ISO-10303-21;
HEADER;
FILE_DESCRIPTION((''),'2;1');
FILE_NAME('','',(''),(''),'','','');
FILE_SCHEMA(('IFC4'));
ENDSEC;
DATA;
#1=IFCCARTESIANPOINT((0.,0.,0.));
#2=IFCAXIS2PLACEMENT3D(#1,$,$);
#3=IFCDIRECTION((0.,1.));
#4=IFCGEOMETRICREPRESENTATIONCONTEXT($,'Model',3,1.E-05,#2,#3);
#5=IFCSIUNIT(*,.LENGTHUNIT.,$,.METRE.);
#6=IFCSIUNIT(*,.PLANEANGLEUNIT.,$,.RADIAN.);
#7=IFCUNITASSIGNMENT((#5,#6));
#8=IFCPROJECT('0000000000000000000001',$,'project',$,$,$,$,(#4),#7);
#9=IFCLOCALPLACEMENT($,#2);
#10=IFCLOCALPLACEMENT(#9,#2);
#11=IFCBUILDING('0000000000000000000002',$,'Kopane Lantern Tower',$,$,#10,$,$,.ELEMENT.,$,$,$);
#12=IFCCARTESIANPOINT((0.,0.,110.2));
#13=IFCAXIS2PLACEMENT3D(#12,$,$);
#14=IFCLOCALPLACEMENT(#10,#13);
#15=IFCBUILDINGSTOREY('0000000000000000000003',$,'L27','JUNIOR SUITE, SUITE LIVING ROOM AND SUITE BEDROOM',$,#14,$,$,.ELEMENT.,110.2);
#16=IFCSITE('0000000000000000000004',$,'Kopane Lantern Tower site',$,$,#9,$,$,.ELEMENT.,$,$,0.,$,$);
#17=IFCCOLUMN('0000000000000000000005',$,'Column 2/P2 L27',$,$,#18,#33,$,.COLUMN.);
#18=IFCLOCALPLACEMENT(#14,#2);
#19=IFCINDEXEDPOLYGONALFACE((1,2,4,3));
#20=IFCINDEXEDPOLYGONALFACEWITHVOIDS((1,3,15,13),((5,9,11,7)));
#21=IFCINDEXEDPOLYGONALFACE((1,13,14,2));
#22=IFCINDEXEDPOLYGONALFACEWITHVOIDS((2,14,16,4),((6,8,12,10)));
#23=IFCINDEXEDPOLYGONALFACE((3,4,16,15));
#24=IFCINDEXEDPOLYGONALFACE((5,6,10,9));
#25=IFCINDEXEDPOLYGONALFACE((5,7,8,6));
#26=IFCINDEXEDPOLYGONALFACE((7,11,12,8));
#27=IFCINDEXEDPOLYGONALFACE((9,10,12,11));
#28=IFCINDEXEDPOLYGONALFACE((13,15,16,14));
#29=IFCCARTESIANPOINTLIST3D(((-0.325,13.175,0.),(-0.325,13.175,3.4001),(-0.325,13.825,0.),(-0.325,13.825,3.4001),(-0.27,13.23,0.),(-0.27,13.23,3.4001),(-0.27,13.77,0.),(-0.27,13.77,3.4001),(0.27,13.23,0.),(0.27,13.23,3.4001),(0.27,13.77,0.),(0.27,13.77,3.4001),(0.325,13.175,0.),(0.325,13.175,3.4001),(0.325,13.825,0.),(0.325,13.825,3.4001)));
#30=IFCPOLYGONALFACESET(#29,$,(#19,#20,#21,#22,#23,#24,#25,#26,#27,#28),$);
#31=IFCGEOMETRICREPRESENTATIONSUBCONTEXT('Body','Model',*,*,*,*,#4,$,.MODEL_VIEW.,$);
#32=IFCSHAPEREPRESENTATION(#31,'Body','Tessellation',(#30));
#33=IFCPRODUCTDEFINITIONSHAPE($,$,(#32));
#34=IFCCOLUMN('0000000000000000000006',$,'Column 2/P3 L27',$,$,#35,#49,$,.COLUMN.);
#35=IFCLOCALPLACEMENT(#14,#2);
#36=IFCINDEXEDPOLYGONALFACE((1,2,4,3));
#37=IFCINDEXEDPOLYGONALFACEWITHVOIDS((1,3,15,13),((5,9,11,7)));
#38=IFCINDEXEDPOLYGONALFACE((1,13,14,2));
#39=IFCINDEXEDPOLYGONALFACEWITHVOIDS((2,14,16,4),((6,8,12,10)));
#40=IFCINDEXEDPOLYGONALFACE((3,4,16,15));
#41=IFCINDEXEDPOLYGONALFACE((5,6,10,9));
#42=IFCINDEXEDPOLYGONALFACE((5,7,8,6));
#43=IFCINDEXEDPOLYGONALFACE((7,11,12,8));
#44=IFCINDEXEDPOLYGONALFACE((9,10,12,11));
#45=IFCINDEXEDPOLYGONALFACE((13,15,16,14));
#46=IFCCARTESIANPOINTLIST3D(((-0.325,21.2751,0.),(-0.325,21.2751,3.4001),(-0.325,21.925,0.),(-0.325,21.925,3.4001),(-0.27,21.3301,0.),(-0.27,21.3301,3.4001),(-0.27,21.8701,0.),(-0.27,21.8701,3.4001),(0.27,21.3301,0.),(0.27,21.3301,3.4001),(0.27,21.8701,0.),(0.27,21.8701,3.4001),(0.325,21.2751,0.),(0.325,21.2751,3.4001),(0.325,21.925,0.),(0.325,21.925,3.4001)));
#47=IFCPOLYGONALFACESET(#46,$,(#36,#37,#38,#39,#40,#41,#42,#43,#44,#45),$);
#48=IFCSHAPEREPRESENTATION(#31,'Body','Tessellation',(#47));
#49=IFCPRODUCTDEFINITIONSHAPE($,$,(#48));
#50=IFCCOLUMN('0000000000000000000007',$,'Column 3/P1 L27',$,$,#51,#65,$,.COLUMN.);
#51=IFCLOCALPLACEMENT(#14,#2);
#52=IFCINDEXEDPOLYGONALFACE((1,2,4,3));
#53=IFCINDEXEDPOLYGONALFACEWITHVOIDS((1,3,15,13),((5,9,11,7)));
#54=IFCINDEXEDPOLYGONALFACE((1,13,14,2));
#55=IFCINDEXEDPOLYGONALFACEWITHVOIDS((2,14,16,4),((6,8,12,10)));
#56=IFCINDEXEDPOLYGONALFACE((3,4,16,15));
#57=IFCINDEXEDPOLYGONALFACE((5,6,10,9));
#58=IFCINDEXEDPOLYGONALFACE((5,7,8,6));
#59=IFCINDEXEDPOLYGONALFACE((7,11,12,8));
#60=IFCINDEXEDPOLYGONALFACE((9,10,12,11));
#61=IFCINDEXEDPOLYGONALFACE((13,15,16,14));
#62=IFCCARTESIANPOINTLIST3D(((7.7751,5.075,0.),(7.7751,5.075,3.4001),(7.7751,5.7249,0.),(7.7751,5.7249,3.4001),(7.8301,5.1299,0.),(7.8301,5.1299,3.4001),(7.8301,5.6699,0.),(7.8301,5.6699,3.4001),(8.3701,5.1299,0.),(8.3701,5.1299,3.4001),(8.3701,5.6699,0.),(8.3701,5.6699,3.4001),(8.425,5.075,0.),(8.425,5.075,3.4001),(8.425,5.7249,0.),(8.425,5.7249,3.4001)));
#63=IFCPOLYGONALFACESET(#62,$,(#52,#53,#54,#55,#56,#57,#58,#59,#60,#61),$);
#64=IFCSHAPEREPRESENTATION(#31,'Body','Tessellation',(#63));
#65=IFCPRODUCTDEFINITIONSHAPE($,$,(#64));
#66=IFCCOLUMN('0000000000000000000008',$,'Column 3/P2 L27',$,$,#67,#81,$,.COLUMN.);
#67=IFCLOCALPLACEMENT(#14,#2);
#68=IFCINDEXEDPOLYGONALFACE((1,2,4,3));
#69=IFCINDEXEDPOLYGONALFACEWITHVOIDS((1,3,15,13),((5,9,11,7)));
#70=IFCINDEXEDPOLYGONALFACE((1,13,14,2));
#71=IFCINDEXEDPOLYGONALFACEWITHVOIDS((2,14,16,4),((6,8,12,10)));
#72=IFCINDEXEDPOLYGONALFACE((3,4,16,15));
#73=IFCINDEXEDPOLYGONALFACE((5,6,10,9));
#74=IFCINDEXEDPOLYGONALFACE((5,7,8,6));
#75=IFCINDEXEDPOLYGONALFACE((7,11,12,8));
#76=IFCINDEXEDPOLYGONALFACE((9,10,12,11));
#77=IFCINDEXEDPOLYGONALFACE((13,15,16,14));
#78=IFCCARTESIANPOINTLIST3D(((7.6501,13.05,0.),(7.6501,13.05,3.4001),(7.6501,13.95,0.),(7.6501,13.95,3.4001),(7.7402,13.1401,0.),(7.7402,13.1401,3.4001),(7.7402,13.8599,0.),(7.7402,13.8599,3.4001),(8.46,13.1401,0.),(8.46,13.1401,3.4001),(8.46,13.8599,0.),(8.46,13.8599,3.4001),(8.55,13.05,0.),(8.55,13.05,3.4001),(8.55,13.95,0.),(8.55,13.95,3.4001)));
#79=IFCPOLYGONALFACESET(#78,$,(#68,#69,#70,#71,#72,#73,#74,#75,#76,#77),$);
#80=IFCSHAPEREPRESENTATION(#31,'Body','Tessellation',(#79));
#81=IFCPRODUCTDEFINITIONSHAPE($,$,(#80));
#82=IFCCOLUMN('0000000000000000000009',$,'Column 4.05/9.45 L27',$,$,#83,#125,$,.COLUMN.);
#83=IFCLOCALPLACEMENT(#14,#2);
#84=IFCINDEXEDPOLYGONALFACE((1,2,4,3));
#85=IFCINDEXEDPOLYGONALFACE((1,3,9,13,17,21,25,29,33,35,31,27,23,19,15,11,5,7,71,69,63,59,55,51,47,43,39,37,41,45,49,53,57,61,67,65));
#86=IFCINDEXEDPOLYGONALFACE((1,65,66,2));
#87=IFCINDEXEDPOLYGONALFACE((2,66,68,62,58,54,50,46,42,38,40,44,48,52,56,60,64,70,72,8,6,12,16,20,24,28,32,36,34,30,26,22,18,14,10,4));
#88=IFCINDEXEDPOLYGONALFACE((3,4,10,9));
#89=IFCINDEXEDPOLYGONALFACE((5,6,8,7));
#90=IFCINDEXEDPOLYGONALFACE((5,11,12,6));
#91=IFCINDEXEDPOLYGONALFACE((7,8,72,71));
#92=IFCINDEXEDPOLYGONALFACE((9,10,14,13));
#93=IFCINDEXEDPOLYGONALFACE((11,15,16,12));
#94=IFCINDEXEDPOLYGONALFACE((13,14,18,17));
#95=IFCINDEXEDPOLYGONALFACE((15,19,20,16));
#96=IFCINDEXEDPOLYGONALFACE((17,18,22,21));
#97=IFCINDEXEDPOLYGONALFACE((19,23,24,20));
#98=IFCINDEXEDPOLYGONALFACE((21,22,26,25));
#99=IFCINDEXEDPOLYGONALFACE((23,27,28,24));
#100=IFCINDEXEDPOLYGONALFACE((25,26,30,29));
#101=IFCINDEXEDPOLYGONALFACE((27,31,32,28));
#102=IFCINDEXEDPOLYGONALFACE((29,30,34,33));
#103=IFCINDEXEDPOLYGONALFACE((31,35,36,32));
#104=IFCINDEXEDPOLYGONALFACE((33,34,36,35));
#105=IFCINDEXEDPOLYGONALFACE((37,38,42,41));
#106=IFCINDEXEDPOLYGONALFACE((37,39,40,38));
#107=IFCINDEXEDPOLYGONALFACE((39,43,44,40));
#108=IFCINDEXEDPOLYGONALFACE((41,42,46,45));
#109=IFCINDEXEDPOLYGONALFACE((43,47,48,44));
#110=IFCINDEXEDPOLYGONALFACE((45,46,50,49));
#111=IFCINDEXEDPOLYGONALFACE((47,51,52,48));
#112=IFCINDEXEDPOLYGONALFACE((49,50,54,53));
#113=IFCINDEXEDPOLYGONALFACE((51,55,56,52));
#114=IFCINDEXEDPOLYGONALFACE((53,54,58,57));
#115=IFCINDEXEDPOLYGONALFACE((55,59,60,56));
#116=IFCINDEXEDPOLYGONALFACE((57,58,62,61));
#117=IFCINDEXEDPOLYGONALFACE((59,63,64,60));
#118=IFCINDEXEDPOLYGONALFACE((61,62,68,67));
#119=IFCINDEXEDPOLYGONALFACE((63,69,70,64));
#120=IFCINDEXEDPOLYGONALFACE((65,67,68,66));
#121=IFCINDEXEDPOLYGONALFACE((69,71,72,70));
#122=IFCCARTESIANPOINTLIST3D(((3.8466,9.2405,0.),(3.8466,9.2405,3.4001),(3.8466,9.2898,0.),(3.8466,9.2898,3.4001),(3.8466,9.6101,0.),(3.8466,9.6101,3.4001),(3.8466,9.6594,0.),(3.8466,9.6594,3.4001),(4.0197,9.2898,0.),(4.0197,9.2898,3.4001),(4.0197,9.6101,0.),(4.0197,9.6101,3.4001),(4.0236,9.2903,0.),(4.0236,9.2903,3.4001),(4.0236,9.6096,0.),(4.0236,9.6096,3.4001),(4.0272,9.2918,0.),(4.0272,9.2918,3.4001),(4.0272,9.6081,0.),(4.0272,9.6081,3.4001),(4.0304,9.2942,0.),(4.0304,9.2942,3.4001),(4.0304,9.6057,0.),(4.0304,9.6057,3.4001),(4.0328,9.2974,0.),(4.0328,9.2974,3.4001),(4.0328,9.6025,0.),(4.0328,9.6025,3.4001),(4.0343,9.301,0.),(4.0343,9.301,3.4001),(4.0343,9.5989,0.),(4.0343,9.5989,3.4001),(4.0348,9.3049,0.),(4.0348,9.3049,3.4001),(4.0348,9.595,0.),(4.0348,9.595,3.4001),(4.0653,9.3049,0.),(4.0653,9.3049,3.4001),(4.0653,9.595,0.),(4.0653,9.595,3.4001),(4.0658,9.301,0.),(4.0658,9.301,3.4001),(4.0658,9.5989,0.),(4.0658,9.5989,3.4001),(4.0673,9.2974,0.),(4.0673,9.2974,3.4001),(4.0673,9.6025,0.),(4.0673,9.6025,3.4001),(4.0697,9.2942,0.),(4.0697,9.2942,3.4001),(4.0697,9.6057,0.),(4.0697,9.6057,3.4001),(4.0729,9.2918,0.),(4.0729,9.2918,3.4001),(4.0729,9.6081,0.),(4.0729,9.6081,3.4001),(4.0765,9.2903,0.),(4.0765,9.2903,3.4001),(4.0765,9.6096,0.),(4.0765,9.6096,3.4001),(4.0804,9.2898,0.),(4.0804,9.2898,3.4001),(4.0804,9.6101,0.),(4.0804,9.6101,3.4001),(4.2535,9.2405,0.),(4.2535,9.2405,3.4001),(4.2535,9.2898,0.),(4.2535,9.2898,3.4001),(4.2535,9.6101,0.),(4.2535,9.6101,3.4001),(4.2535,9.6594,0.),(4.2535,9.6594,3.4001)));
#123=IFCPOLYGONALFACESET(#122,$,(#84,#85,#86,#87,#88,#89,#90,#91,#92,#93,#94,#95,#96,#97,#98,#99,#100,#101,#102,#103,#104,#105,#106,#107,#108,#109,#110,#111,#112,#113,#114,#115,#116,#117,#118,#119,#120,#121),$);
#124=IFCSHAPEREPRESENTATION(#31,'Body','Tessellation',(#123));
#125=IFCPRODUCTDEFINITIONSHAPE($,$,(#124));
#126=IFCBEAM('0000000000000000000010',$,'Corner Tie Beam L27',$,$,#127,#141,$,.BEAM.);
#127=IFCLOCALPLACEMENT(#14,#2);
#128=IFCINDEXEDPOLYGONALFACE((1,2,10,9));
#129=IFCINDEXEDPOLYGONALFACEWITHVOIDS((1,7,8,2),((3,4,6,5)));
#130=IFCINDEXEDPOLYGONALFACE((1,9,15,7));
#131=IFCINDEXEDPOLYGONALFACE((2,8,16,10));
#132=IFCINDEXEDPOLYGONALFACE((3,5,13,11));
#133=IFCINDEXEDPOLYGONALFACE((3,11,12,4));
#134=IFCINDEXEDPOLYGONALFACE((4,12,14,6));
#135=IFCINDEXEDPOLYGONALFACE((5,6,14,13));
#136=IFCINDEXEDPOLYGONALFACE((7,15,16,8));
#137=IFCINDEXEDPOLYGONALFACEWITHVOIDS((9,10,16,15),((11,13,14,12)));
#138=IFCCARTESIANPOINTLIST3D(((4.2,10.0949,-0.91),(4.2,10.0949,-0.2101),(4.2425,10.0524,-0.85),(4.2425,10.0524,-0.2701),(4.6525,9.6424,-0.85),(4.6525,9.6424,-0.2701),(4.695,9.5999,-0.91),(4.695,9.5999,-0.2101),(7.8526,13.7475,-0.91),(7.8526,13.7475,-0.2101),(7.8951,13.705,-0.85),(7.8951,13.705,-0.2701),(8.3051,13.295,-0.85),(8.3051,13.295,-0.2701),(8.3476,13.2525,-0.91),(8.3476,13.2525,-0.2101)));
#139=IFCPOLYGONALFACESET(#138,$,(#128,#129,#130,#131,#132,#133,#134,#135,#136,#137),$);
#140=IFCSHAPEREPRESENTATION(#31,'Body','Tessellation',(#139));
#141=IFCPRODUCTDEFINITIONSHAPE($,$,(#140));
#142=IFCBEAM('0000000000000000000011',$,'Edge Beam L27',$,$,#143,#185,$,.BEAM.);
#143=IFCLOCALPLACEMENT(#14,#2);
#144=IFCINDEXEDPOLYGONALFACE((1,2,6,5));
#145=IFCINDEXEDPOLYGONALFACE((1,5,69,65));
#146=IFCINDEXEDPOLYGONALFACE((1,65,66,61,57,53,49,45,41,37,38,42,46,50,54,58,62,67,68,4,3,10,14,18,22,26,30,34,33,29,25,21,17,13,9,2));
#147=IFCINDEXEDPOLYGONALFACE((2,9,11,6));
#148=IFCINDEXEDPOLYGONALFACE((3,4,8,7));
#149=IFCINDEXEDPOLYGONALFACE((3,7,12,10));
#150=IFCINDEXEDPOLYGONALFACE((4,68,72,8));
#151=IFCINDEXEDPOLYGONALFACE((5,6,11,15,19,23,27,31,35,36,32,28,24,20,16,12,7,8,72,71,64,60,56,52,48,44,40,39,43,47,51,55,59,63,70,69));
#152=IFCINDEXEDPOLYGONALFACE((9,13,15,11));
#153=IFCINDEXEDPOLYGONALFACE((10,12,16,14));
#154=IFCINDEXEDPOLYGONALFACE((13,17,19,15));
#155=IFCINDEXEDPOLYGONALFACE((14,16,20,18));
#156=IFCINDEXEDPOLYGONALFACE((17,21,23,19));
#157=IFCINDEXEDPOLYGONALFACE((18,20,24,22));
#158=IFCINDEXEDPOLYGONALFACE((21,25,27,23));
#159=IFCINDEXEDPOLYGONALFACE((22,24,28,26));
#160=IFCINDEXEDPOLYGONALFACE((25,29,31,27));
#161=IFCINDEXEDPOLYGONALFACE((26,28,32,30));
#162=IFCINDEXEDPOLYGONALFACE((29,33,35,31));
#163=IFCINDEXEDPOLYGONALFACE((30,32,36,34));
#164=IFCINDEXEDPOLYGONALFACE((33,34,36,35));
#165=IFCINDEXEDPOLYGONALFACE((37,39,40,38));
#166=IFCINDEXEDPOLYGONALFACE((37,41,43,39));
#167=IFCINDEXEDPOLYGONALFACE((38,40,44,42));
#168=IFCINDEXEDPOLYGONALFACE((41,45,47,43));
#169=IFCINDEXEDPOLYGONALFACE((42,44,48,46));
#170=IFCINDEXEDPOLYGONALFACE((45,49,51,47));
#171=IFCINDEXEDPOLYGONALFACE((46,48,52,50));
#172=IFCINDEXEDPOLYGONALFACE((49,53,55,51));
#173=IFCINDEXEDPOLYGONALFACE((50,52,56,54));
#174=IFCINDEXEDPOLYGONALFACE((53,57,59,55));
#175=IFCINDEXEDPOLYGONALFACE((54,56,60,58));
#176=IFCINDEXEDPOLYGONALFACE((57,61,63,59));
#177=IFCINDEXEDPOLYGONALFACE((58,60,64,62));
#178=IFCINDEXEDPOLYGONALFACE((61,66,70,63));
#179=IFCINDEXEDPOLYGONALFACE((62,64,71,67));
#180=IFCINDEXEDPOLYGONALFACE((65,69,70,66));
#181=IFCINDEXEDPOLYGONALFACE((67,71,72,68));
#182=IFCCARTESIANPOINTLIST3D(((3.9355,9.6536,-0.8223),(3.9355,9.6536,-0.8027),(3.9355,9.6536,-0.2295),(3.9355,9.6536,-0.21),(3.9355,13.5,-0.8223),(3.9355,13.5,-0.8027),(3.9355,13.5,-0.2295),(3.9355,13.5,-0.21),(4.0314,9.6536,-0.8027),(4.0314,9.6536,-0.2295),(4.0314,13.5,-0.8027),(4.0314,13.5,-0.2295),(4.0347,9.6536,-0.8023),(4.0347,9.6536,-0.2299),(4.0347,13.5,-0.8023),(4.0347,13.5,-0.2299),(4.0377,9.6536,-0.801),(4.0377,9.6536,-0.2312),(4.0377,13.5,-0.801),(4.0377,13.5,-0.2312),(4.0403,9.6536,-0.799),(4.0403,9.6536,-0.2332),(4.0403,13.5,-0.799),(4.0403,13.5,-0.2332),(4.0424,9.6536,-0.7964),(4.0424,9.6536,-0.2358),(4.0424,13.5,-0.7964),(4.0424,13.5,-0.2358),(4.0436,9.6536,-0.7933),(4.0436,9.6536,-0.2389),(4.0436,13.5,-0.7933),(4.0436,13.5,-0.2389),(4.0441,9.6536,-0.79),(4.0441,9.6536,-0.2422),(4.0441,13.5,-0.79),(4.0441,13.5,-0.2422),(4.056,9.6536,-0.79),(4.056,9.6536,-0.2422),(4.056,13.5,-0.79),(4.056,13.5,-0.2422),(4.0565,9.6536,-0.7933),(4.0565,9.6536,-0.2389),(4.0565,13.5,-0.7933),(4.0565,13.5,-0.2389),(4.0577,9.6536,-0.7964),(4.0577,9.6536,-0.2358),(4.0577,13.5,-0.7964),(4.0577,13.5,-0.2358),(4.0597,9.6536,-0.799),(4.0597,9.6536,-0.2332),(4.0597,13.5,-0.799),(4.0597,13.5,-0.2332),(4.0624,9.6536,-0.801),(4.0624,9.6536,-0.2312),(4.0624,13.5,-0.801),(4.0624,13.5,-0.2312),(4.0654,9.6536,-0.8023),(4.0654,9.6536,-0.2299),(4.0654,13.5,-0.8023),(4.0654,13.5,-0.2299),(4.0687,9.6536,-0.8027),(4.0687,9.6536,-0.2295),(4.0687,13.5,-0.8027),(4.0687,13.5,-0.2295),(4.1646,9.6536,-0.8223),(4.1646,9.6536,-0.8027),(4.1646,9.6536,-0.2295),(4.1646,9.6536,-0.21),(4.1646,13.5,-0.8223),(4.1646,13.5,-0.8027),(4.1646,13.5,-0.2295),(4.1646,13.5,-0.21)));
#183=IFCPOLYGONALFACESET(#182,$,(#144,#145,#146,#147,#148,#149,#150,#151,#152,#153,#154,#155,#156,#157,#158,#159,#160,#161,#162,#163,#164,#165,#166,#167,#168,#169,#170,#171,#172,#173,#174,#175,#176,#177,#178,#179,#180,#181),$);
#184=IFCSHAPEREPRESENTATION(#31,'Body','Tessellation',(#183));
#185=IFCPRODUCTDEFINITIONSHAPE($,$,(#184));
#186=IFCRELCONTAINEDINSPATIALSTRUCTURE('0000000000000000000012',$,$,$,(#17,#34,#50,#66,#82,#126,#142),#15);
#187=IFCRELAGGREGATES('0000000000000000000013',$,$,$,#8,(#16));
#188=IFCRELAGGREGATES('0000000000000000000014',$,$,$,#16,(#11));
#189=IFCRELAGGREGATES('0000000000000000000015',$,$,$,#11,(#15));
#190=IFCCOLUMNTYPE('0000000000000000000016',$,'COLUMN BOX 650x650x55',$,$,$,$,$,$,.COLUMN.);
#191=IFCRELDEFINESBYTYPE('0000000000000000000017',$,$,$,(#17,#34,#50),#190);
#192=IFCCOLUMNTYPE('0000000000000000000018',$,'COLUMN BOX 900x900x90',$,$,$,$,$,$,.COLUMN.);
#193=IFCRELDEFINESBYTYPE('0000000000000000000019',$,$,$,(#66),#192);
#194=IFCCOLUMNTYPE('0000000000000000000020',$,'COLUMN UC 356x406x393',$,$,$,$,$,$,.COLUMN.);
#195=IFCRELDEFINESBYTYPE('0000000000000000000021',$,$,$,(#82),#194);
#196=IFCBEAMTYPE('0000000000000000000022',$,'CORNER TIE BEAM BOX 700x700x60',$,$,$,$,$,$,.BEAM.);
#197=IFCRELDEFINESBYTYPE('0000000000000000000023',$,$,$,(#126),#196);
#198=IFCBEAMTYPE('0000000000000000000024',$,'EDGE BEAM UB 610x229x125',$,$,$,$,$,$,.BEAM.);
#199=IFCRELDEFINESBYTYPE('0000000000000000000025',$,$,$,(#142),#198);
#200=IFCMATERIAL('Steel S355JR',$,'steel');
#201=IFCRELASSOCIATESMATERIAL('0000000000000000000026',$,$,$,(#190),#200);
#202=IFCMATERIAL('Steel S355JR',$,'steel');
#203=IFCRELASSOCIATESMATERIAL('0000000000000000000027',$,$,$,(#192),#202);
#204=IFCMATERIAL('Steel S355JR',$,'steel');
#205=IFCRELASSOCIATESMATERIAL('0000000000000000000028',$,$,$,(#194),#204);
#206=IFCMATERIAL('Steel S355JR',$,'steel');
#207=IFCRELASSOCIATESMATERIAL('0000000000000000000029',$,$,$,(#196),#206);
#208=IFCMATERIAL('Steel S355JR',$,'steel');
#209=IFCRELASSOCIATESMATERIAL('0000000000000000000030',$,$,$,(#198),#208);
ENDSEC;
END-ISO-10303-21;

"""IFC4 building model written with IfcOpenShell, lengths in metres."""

from ifc_helpers import new_model, si_unit, direction, frame, origin, origin_2d, place, context, subcontext, project, spatial, hollow_rectangle, i_section, extrude, material, material_profile, profile_set, type_object, element, save


model = new_model("IFC4")

# Units and contexts
model_context = context("Model", 3, precision=1e-05, world=origin(), true_north=direction((0.0, 1.0)))
body_context = subcontext(model_context, "Body", "Model", "MODEL_VIEW")
ifc_project = project(units=[si_unit("LENGTHUNIT", "METRE"), si_unit("PLANEANGLEUNIT", "RADIAN")], contexts=[model_context])

# Site, building, storey
site_placement = place(None, origin())
site = spatial("IfcSite", under=ifc_project, at=site_placement, Name="Kopane Lantern Tower site", CompositionType="ELEMENT", RefElevation=0.0)
building_placement = place(site_placement, origin())
building = spatial("IfcBuilding", under=site, at=building_placement, Name="Kopane Lantern Tower", CompositionType="ELEMENT")
storey_placement = place(building_placement, frame((0.0, 0.0, 110.2)))
storey = spatial("IfcBuildingStorey", under=building, at=storey_placement, Name="L27", Description="JUNIOR SUITE, SUITE LIVING ROOM AND SUITE BEDROOM", CompositionType="ELEMENT", Elevation=110.2)

# Columns
ifc_material_1 = material(Name="Steel S355JR", Category="steel")
ifc_material_profile_1 = material_profile(ifc_material_1, hollow_rectangle(XDim=0.6499, YDim=0.6499, WallThickness=0.0549, at=origin_2d()), Name="BOX 650x650x55")
ifc_profile_set_1 = profile_set([ifc_material_profile_1], Name="Steel S355JR")
column_type_1 = type_object("IfcColumnType", Name="COLUMN BOX 650x650x55", PredefinedType="COLUMN", material=ifc_profile_set_1)
for number, where, z_axis, x_axis, name in (
    (1, (0.0, 13.5, 0.0), (0.0, 0.0, 1.0), (1.0, 0.0, 0.0), "Column 2/P2 L27"),
    (2, (0.0, 21.6001, 0.0), (0.0, 0.0, 1.0), (1.0, 0.0, 0.0), "Column 2/P3 L27"),
    (3, (8.1001, 5.3999, 0.0), (0.0, 0.0, 1.0), (1.0, 0.0, 0.0), "Column 3/P1 L27"),
):
    element("IfcColumn", number, at=place(storey_placement, frame(where, z_axis=z_axis, x_axis=x_axis)), inside=storey, type_object=column_type_1, Name=name, PredefinedType="COLUMN", context=body_context, shape_type="SweptSolid", body=[
        extrude(hollow_rectangle(XDim=0.6499, YDim=0.6499, WallThickness=0.0549, at=origin_2d()), origin(), (0.0, 0.0, 1.0), 3.4001),
    ])
ifc_material_2 = material(Name="Steel S355JR", Category="steel")
ifc_material_profile_2 = material_profile(ifc_material_2, hollow_rectangle(XDim=0.8999, YDim=0.8999, WallThickness=0.0901, at=origin_2d()), Name="BOX 900x900x90")
ifc_profile_set_2 = profile_set([ifc_material_profile_2], Name="Steel S355JR")
column_type_2 = type_object("IfcColumnType", Name="COLUMN BOX 900x900x90", PredefinedType="COLUMN", material=ifc_profile_set_2)
column_1_placement = place(storey_placement, frame((8.1001, 13.5, 0.0), z_axis=(0.0, 0.0, 1.0), x_axis=(1.0, 0.0, 0.0)))
element("IfcColumn", 4, at=column_1_placement, inside=storey, type_object=column_type_2, Name="Column 3/P2 L27", PredefinedType="COLUMN", context=body_context, shape_type="SweptSolid", body=[
    extrude(hollow_rectangle(XDim=0.8999, YDim=0.8999, WallThickness=0.0901, at=origin_2d()), origin(), (0.0, 0.0, 1.0), 3.4001),
])
ifc_material_3 = material(Name="Steel S355JR", Category="steel")
ifc_material_profile_3 = material_profile(ifc_material_3, i_section(OverallWidth=0.407, OverallDepth=0.4189, WebThickness=0.0305, FlangeThickness=0.0493, FilletRadius=0.0151, at=origin_2d()), Name="UC 356x406x393")
ifc_profile_set_3 = profile_set([ifc_material_profile_3], Name="Steel S355JR")
column_type_3 = type_object("IfcColumnType", Name="COLUMN UC 356x406x393", PredefinedType="COLUMN", material=ifc_profile_set_3)
column_2_placement = place(storey_placement, frame((4.05, 9.45, 0.0), z_axis=(0.0, 0.0, 1.0), x_axis=(1.0, 0.0, 0.0)))
element("IfcColumn", 5, at=column_2_placement, inside=storey, type_object=column_type_3, Name="Column 4.05/9.45 L27", PredefinedType="COLUMN", context=body_context, shape_type="SweptSolid", body=[
    extrude(i_section(OverallWidth=0.407, OverallDepth=0.4189, WebThickness=0.0305, FlangeThickness=0.0493, FilletRadius=0.0151, at=origin_2d()), origin(), (0.0, 0.0, 1.0), 3.4001),
])

# Beams
ifc_material_4 = material(Name="Steel S355JR", Category="steel")
ifc_material_profile_4 = material_profile(ifc_material_4, hollow_rectangle(XDim=0.7, YDim=0.7, WallThickness=0.0601, at=origin_2d()), Name="BOX 700x700x60")
ifc_profile_set_4 = profile_set([ifc_material_profile_4], Name="Steel S355JR")
beam_type_1 = type_object("IfcBeamType", Name="CORNER TIE BEAM BOX 700x700x60", PredefinedType="BEAM", material=ifc_profile_set_4)
beam_1_placement = place(storey_placement, frame((4.4475, 9.8474, -0.5601), z_axis=(0.707107, 0.707107, 0.0), x_axis=(-0.707107, 0.707107, 0.0)))
element("IfcBeam", 6, at=beam_1_placement, inside=storey, type_object=beam_type_1, Name="Corner Tie Beam L27", PredefinedType="BEAM", context=body_context, shape_type="SweptSolid", body=[
    extrude(hollow_rectangle(XDim=0.7, YDim=0.7, WallThickness=0.0601, at=origin_2d()), origin(), (0.0, 0.0, 1.0), 5.1655),
])
ifc_material_5 = material(Name="Steel S355JR", Category="steel")
ifc_material_profile_5 = material_profile(ifc_material_5, i_section(OverallWidth=0.229, OverallDepth=0.6123, WebThickness=0.012, FlangeThickness=0.0195, FilletRadius=0.0127, at=origin_2d()), Name="UB 610x229x125")
ifc_profile_set_5 = profile_set([ifc_material_profile_5], Name="Steel S355JR")
beam_type_2 = type_object("IfcBeamType", Name="EDGE BEAM UB 610x229x125", PredefinedType="BEAM", material=ifc_profile_set_5)
beam_2_placement = place(storey_placement, frame((4.05, 9.6536, -0.5161), z_axis=(0.0, 1.0, 0.0), x_axis=(-1.0, 0.0, 0.0)))
element("IfcBeam", 7, at=beam_2_placement, inside=storey, type_object=beam_type_2, Name="Edge Beam L27", PredefinedType="BEAM", context=body_context, shape_type="SweptSolid", body=[
    extrude(i_section(OverallWidth=0.229, OverallDepth=0.6123, WebThickness=0.012, FlangeThickness=0.0195, FilletRadius=0.0127, at=origin_2d()), origin(), (0.0, 0.0, 1.0), 3.8464),
])

save(model, "model.ifc")
